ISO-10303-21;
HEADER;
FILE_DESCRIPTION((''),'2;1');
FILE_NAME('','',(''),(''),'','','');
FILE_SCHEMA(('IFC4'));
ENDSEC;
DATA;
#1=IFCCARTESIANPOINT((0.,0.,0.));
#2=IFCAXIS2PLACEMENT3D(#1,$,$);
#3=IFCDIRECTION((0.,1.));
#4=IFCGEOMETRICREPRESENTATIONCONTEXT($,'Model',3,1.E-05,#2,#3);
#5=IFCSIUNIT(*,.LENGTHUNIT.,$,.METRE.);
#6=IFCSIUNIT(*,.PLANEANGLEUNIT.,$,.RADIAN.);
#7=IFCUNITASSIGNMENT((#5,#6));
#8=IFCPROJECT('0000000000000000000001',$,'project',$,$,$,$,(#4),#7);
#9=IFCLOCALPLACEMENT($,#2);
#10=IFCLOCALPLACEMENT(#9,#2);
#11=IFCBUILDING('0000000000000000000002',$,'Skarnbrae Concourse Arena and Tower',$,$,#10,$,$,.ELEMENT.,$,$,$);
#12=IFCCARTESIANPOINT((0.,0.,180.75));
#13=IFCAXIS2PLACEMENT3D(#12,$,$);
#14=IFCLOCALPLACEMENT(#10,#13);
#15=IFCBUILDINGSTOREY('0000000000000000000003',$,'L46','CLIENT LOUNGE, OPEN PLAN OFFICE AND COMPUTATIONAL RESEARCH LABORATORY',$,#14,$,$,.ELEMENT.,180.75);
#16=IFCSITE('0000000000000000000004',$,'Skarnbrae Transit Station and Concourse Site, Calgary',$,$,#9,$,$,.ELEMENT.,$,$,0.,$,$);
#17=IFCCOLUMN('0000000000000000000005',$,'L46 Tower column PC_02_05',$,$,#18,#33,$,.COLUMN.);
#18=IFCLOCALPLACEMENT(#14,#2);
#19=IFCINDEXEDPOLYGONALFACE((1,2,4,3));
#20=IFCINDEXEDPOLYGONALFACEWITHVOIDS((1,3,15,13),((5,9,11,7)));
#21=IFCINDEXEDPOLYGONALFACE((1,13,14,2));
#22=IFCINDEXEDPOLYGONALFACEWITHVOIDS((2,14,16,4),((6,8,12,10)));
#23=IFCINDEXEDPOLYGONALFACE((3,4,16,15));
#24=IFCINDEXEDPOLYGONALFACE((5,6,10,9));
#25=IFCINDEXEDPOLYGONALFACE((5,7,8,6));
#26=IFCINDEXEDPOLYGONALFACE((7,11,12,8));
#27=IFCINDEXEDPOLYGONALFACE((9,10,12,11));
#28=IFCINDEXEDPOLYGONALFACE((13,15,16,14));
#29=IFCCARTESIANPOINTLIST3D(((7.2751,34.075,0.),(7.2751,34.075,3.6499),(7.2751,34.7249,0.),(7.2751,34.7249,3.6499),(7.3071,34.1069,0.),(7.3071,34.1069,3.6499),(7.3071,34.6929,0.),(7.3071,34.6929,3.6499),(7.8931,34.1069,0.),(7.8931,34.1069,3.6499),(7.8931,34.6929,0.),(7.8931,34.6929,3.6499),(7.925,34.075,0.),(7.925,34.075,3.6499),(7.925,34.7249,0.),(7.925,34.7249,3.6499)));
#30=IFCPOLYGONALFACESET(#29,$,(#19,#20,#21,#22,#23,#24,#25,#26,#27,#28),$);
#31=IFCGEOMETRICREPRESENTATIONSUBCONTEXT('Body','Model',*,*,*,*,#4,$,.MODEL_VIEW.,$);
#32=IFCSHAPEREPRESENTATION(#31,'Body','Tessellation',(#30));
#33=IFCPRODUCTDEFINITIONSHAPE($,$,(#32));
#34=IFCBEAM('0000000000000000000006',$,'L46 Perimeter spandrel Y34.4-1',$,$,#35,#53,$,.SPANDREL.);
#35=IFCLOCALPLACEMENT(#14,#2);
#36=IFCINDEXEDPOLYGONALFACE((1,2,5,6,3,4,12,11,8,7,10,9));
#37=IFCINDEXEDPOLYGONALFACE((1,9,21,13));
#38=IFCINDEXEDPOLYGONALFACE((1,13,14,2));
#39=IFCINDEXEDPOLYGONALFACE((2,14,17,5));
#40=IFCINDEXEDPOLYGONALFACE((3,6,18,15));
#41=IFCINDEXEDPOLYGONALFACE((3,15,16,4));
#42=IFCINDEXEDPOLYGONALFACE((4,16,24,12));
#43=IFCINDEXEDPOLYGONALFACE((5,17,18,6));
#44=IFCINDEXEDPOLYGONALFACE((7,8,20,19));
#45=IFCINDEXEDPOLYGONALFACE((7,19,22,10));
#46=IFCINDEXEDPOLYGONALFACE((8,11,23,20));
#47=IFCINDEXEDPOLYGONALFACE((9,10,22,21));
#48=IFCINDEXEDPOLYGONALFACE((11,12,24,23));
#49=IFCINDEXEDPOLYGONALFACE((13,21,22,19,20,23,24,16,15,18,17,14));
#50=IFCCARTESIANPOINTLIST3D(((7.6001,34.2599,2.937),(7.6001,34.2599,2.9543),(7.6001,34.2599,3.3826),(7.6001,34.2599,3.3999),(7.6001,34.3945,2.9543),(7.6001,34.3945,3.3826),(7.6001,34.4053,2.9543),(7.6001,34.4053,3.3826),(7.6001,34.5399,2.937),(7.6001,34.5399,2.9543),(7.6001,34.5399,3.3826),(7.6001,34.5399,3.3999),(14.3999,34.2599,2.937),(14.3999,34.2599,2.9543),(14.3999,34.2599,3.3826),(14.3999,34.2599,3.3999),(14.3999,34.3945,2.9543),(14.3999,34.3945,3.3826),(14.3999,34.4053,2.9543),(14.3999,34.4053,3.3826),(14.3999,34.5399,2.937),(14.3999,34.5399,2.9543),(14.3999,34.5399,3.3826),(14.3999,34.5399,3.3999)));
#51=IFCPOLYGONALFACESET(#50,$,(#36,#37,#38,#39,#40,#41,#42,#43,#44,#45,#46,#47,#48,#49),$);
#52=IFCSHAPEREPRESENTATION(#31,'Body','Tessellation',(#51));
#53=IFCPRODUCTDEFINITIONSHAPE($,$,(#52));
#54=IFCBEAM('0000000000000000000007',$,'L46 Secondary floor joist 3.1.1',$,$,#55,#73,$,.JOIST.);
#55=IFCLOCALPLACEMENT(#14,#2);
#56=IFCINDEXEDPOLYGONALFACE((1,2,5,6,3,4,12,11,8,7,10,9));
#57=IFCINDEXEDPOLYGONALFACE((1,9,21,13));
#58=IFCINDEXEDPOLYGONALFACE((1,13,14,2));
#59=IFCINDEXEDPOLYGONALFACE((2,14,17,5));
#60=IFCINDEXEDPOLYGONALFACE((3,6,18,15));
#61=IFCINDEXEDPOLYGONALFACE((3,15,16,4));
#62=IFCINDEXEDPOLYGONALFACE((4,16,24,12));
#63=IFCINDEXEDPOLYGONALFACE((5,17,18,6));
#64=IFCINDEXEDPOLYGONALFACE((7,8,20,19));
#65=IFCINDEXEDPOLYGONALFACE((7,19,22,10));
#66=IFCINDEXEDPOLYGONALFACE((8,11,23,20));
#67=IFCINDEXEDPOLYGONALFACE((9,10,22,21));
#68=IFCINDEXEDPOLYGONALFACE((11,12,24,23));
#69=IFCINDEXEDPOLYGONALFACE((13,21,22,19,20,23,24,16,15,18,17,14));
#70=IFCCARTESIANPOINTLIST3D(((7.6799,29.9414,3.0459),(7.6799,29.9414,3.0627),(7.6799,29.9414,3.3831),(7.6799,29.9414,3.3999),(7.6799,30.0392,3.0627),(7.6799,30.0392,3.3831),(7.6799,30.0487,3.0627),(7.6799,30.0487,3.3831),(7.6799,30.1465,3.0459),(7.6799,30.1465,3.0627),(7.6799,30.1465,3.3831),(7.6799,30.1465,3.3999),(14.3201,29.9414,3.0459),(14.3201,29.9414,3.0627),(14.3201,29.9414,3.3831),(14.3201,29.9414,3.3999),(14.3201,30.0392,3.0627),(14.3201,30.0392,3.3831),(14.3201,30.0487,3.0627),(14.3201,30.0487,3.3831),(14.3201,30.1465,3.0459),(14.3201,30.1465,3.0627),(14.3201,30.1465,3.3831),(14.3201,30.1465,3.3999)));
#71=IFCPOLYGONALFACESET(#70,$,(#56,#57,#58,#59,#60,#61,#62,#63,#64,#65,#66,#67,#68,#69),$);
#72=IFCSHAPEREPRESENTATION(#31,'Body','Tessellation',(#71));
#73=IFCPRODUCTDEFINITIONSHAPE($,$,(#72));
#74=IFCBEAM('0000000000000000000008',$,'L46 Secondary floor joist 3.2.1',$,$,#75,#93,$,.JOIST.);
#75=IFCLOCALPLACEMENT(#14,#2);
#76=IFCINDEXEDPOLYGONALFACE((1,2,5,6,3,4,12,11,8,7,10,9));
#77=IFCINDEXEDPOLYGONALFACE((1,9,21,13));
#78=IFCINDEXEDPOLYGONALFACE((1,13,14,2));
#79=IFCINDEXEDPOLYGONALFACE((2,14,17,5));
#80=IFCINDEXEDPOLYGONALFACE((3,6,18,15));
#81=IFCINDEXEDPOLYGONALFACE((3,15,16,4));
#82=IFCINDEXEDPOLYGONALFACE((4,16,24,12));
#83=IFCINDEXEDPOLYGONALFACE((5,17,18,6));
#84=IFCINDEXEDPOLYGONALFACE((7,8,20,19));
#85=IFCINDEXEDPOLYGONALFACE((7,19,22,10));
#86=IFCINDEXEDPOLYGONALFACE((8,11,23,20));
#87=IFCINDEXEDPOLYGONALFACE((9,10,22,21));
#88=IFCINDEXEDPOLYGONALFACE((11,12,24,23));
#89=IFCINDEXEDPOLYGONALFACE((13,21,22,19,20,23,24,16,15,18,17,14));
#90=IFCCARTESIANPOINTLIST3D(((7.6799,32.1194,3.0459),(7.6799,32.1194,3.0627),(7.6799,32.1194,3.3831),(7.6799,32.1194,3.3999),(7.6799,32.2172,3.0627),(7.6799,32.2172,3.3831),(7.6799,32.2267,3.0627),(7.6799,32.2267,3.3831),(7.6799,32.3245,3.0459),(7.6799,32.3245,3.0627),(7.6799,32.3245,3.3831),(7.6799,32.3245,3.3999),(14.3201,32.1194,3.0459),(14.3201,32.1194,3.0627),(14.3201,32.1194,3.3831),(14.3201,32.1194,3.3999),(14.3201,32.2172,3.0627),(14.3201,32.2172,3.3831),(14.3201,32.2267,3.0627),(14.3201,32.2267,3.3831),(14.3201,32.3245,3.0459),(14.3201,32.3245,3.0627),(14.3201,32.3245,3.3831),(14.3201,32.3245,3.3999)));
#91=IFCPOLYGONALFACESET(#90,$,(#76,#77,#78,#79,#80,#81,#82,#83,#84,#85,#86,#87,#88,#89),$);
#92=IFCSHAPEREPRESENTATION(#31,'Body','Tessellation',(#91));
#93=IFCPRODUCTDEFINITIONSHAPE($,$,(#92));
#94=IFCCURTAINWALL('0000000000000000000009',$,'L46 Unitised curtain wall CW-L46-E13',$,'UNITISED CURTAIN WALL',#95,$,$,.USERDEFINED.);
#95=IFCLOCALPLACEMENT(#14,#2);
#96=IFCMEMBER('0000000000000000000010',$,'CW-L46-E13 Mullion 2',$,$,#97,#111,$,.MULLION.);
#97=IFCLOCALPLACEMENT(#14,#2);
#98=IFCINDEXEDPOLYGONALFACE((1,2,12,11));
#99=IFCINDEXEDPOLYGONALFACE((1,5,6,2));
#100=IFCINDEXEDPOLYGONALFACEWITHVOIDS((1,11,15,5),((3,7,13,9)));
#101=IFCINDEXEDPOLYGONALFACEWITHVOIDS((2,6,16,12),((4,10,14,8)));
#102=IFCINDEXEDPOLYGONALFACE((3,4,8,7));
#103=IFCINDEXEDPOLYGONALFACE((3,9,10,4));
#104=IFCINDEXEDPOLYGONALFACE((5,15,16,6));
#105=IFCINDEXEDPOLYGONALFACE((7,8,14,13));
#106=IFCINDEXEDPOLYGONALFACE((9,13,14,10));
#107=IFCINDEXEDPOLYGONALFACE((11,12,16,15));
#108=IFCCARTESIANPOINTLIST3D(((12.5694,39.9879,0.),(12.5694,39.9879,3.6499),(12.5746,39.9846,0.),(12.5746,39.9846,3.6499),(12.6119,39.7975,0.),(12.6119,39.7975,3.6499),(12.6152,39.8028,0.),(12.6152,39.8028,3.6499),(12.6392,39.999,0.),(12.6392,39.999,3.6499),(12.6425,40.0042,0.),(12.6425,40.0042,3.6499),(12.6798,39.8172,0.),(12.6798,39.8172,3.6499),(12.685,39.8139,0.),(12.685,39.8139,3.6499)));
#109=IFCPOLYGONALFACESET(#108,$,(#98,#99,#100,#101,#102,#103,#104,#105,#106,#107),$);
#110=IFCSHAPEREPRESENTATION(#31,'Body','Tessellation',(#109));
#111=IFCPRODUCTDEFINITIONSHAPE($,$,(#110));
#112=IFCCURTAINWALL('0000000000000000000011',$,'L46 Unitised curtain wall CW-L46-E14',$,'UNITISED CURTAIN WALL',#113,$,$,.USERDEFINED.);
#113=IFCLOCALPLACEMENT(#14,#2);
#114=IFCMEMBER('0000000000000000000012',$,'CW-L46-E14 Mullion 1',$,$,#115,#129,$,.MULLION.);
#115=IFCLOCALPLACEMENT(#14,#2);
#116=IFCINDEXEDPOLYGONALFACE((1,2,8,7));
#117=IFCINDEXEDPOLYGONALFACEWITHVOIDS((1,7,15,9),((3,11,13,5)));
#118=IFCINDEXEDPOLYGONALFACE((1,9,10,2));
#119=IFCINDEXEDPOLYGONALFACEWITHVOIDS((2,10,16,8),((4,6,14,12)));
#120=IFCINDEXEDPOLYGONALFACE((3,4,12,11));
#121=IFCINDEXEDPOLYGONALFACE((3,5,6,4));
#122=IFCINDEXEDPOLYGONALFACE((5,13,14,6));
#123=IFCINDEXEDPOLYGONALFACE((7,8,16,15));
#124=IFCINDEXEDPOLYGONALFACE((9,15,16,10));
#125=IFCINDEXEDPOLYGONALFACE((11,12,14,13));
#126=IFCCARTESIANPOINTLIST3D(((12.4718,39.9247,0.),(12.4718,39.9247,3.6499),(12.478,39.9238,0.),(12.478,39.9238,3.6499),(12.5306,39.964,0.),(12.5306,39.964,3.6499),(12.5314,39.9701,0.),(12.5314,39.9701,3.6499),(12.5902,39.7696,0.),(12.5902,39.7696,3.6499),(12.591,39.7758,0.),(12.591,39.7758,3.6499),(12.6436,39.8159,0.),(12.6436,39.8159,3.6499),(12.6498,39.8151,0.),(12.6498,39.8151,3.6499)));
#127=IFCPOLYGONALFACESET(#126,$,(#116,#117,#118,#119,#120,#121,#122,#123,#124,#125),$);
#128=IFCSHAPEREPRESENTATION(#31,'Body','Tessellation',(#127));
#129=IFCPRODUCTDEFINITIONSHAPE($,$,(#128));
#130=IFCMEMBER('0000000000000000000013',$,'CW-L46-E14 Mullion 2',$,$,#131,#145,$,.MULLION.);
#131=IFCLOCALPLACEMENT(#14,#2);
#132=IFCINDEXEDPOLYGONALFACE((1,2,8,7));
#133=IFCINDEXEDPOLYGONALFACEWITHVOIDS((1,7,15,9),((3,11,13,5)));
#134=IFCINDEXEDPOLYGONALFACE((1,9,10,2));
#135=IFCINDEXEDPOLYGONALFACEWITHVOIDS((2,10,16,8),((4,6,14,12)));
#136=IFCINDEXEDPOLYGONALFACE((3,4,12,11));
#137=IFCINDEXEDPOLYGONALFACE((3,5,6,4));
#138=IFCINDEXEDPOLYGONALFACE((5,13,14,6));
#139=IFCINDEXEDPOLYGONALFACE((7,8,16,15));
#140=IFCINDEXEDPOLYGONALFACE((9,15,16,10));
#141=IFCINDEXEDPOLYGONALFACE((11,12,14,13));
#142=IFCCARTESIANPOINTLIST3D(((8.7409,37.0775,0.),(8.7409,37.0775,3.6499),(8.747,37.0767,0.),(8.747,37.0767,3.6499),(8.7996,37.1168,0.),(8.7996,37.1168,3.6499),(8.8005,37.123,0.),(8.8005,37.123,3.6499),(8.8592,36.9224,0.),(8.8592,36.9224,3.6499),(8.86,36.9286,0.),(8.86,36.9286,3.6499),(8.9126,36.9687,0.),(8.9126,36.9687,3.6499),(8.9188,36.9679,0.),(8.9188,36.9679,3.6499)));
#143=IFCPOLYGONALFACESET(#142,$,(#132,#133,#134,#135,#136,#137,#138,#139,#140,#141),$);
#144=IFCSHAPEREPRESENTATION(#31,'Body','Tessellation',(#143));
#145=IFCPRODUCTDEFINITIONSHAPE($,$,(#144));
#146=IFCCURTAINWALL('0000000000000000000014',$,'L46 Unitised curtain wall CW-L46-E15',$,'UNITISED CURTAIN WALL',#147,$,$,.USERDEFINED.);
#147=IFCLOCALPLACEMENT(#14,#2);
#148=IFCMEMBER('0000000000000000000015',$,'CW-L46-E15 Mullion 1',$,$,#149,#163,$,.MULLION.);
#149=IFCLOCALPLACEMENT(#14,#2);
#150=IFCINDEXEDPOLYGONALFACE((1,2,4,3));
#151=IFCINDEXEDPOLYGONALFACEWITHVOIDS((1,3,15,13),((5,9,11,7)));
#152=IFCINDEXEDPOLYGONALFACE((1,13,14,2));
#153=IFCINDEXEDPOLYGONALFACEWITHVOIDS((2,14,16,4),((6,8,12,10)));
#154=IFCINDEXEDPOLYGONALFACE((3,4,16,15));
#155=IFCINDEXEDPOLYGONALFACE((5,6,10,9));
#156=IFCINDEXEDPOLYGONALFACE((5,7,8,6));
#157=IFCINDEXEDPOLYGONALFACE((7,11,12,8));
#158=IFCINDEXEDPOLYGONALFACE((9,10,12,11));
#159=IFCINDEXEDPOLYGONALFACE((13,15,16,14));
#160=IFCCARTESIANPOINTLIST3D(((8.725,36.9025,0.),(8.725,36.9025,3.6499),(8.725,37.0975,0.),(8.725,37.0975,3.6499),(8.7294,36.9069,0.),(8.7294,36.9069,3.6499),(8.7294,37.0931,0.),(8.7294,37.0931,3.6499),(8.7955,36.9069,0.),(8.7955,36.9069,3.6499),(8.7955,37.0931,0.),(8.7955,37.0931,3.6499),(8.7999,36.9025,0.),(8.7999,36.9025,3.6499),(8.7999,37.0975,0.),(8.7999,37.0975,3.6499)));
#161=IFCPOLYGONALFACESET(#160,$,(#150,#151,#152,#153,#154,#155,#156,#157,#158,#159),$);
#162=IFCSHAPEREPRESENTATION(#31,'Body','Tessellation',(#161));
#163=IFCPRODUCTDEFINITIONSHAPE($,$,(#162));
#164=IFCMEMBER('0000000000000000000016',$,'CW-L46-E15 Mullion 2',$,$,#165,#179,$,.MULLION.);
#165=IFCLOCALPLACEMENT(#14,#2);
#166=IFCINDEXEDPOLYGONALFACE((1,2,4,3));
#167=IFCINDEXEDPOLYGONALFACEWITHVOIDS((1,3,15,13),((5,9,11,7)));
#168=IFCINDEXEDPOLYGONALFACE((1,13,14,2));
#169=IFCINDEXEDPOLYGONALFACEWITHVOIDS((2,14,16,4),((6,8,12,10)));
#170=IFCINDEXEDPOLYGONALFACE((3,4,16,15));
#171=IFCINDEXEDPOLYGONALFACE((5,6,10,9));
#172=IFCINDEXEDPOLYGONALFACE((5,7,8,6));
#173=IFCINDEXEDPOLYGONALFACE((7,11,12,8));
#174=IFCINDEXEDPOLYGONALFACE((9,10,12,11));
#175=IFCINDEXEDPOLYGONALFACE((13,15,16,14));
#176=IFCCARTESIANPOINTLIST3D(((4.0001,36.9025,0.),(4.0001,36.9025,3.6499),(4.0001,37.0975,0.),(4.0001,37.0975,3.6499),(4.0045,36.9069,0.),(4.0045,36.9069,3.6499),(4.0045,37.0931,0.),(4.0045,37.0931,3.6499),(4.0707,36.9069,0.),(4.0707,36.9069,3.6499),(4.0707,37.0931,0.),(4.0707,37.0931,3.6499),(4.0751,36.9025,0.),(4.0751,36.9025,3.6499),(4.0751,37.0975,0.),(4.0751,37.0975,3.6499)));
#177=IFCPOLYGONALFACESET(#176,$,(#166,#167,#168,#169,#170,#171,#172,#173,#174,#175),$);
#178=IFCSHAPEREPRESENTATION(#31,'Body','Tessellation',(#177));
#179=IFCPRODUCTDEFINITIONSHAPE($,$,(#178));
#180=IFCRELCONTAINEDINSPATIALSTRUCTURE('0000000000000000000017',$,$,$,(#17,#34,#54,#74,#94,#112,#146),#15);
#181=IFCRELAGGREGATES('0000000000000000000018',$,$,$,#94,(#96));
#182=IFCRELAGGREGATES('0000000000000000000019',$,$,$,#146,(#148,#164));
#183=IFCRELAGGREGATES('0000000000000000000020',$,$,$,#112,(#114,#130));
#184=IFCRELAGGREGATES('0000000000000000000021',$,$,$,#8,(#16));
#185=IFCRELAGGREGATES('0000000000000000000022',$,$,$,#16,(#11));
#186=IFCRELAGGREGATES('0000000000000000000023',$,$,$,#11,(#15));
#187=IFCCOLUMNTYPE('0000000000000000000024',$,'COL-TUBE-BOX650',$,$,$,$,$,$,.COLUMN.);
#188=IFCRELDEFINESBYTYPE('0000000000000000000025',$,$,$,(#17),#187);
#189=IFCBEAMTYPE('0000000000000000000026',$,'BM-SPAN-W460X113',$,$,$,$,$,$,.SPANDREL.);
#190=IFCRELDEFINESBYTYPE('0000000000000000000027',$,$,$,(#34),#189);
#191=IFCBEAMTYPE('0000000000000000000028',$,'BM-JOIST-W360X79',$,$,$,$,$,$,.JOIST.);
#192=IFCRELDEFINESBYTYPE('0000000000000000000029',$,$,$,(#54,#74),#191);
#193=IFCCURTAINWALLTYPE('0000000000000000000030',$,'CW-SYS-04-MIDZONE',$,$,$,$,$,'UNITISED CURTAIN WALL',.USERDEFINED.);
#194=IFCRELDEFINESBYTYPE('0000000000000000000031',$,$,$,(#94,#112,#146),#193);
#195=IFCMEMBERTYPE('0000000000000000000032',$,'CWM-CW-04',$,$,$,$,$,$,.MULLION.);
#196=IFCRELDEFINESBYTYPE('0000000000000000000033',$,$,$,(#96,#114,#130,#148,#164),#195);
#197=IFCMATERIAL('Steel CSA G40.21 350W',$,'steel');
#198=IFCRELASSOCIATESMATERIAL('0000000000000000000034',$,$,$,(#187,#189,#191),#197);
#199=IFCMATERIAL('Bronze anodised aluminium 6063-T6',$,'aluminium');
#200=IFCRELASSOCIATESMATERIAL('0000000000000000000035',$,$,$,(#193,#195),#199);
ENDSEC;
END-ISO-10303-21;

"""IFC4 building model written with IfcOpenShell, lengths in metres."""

from ifc_helpers import new_model, si_unit, direction, frame, origin, origin_2d, place, context, subcontext, project, spatial, hollow_rectangle, i_section, extrude, source, transform, mapped, material, material_profile, profile_set, type_object, element, aggregate, save


model = new_model("IFC4")

# Units and contexts
model_context = context("Model", 3, precision=1e-05, world=origin(), true_north=direction((0.0, 1.0)))
body_context = subcontext(model_context, "Body", "Model", "MODEL_VIEW")
ifc_project = project(units=[si_unit("LENGTHUNIT", "METRE"), si_unit("PLANEANGLEUNIT", "RADIAN")], contexts=[model_context])

# Site, building, storey
site_placement = place(None, origin())
site = spatial("IfcSite", under=ifc_project, at=site_placement, Name="Skarnbrae Transit Station and Concourse Site, Calgary", CompositionType="ELEMENT", RefElevation=0.0)
building_placement = place(site_placement, origin())
building = spatial("IfcBuilding", under=site, at=building_placement, Name="Skarnbrae Concourse Arena and Tower", CompositionType="ELEMENT")
storey_placement = place(building_placement, frame((0.0, 0.0, 180.75)))
storey = spatial("IfcBuildingStorey", under=building, at=storey_placement, Name="L46", Description="CLIENT LOUNGE, OPEN PLAN OFFICE AND COMPUTATIONAL RESEARCH LABORATORY", CompositionType="ELEMENT", Elevation=180.75)

# Column
ifc_material_1 = material(Name="Steel CSA G40.21 350W", Category="steel")
ifc_material_profile_1 = material_profile(ifc_material_1, hollow_rectangle(XDim=0.6499, YDim=0.6499, WallThickness=0.032, at=origin_2d()), Name="BOX650X650X32")
ifc_profile_set_1 = profile_set([ifc_material_profile_1], Name="Steel CSA G40.21 350W")
column_type = type_object("IfcColumnType", Name="COL-TUBE-BOX650", PredefinedType="COLUMN", material=ifc_profile_set_1)
shared_shape_1 = source(origin(), body_context, "Body", "SweptSolid", [
    extrude(hollow_rectangle(XDim=0.6499, YDim=0.6499, WallThickness=0.032, at=origin_2d()), origin(), (0.0, 0.0, 1.0), 3.6499),
])
column_placement = place(storey_placement, frame((7.6001, 34.3999, 0.0), z_axis=(0.0, 0.0, 1.0), x_axis=(1.0, 0.0, 0.0)))
element("IfcColumn", 1, at=column_placement, inside=storey, type_object=column_type, Name="L46 Tower column PC_02_05", PredefinedType="COLUMN", context=body_context, shape_type="MappedRepresentation", body=[
    mapped(shared_shape_1, transform((0.0, 0.0, 0.0))),
])

# Beams
ifc_material_profile_2 = material_profile(ifc_material_1, i_section(OverallWidth=0.28, OverallDepth=0.4629, WebThickness=0.0107, FlangeThickness=0.0173, at=origin_2d()), Name="W460X113")
ifc_profile_set_2 = profile_set([ifc_material_profile_2], Name="Steel CSA G40.21 350W")
beam_type_1 = type_object("IfcBeamType", Name="BM-SPAN-W460X113", PredefinedType="SPANDREL", material=ifc_profile_set_2)
shared_shape_2 = source(origin(), body_context, "Body", "SweptSolid", [
    extrude(i_section(OverallWidth=0.28, OverallDepth=0.4629, WebThickness=0.0107, FlangeThickness=0.0173, at=origin_2d()), origin(), (0.0, 0.0, 1.0), 6.7998),
])
beam_placement = place(storey_placement, frame((7.6001, 34.3999, 3.1685), z_axis=(1.0, 0.0, 0.0), x_axis=(0.0, 1.0, 0.0)))
element("IfcBeam", 2, at=beam_placement, inside=storey, type_object=beam_type_1, Name="L46 Perimeter spandrel Y34.4-1", PredefinedType="SPANDREL", context=body_context, shape_type="MappedRepresentation", body=[
    mapped(shared_shape_2, transform((0.0, 0.0, 0.0))),
])
ifc_material_profile_3 = material_profile(ifc_material_1, i_section(OverallWidth=0.2051, OverallDepth=0.354, WebThickness=0.0095, FlangeThickness=0.0168, at=origin_2d()), Name="W360X79")
ifc_profile_set_3 = profile_set([ifc_material_profile_3], Name="Steel CSA G40.21 350W")
beam_type_2 = type_object("IfcBeamType", Name="BM-JOIST-W360X79", PredefinedType="JOIST", material=ifc_profile_set_3)
shared_shape_3 = source(origin(), body_context, "Body", "SweptSolid", [
    extrude(i_section(OverallWidth=0.2051, OverallDepth=0.354, WebThickness=0.0095, FlangeThickness=0.0168, at=origin_2d()), origin(), (0.0, 0.0, 1.0), 6.6401),
])
for number, where, z_axis, x_axis, name in (
    (3, (7.6799, 30.0439, 3.2229), (1.0, 0.0, 0.0), (0.0, 1.0, 0.0), "L46 Secondary floor joist 3.1.1"),
    (4, (7.6799, 32.2219, 3.2229), (1.0, 0.0, 0.0), (0.0, 1.0, 0.0), "L46 Secondary floor joist 3.2.1"),
):
    element("IfcBeam", number, at=place(storey_placement, frame(where, z_axis=z_axis, x_axis=x_axis)), inside=storey, type_object=beam_type_2, Name=name, PredefinedType="JOIST", context=body_context, shape_type="MappedRepresentation", body=[
        mapped(shared_shape_3, transform((0.0, 0.0, 0.0))),
    ])

# Curtain wall, member
ifc_material_2 = material(Name="Bronze anodised aluminium 6063-T6", Category="aluminium")
curtain_wall_type = type_object("IfcCurtainWallType", Name="CW-SYS-04-MIDZONE", ElementType="UNITISED CURTAIN WALL", PredefinedType="USERDEFINED", material=ifc_material_2)
curtain_wall_1_placement = place(storey_placement, origin())
curtain_wall_1 = element("IfcCurtainWall", 5, at=curtain_wall_1_placement, inside=storey, type_object=curtain_wall_type, Name="L46 Unitised curtain wall CW-L46-E13", ObjectType="UNITISED CURTAIN WALL", PredefinedType="USERDEFINED")
ifc_material_profile_4 = material_profile(ifc_material_2, hollow_rectangle(XDim=0.075, YDim=0.1951, WallThickness=0.0044, at=origin_2d()), Name="ALU-MULL-75X195")
ifc_profile_set_4 = profile_set([ifc_material_profile_4], Name="Bronze anodised aluminium 6063-T6")
member_type_1 = type_object("IfcMemberType", Name="CWM-CW-04", PredefinedType="MULLION", material=ifc_profile_set_4)
shared_shape_4 = source(origin(), body_context, "Body", "SweptSolid", [
    extrude(hollow_rectangle(XDim=0.075, YDim=0.1951, WallThickness=0.0044, at=origin_2d()), origin(), (0.0, 0.0, 1.0), 3.6499),
])
member_1_placement = place(storey_placement, frame((12.6272, 39.9009, 0.0), z_axis=(0.0, 0.0, 1.0), x_axis=(-0.975936, -0.218056, 0.0)))
member_1 = element("IfcMember", 6, at=member_1_placement, type_object=member_type_1, Name="CW-L46-E13 Mullion 2", PredefinedType="MULLION", context=body_context, shape_type="MappedRepresentation", body=[
    mapped(shared_shape_4, transform((0.0, 0.0, 0.0))),
])
aggregate(curtain_wall_1, [member_1])

# Curtain walls, members
curtain_wall_2_placement = place(storey_placement, origin())
curtain_wall_2 = element("IfcCurtainWall", 7, at=curtain_wall_2_placement, inside=storey, type_object=curtain_wall_type, Name="L46 Unitised curtain wall CW-L46-E14", ObjectType="UNITISED CURTAIN WALL", PredefinedType="USERDEFINED")
member_2_placement = place(storey_placement, frame((12.5608, 39.8699, 0.0), z_axis=(0.0, 0.0, 1.0), x_axis=(-0.794956, -0.606667, 0.0)))
member_2 = element("IfcMember", 8, at=member_2_placement, type_object=member_type_1, Name="CW-L46-E14 Mullion 1", PredefinedType="MULLION", context=body_context, shape_type="MappedRepresentation", body=[
    mapped(shared_shape_4, transform((0.0, 0.0, 0.0))),
])
member_3_placement = place(storey_placement, frame((8.8298, 37.0227, 0.0), z_axis=(0.0, 0.0, 1.0), x_axis=(-0.794956, -0.606667, 0.0)))
member_3 = element("IfcMember", 9, at=member_3_placement, type_object=member_type_1, Name="CW-L46-E14 Mullion 2", PredefinedType="MULLION", context=body_context, shape_type="MappedRepresentation", body=[
    mapped(shared_shape_4, transform((0.0, 0.0, 0.0))),
])
curtain_wall_3_placement = place(storey_placement, origin())
curtain_wall_3 = element("IfcCurtainWall", 10, at=curtain_wall_3_placement, inside=storey, type_object=curtain_wall_type, Name="L46 Unitised curtain wall CW-L46-E15", ObjectType="UNITISED CURTAIN WALL", PredefinedType="USERDEFINED")
member_4_placement = place(storey_placement, frame((8.7625, 37.0, 0.0), z_axis=(0.0, 0.0, 1.0), x_axis=(-1.0, 0.0, 0.0)))
member_4 = element("IfcMember", 11, at=member_4_placement, type_object=member_type_1, Name="CW-L46-E15 Mullion 1", PredefinedType="MULLION", context=body_context, shape_type="MappedRepresentation", body=[
    mapped(shared_shape_4, transform((0.0, 0.0, 0.0))),
])
member_5_placement = place(storey_placement, frame((4.0376, 37.0, 0.0), z_axis=(0.0, 0.0, 1.0), x_axis=(-1.0, 0.0, 0.0)))
member_5 = element("IfcMember", 12, at=member_5_placement, type_object=member_type_1, Name="CW-L46-E15 Mullion 2", PredefinedType="MULLION", context=body_context, shape_type="MappedRepresentation", body=[
    mapped(shared_shape_4, transform((0.0, 0.0, 0.0))),
])

aggregate(curtain_wall_3, [member_4, member_5])
aggregate(curtain_wall_2, [member_2, member_3])

save(model, "model.ifc")
